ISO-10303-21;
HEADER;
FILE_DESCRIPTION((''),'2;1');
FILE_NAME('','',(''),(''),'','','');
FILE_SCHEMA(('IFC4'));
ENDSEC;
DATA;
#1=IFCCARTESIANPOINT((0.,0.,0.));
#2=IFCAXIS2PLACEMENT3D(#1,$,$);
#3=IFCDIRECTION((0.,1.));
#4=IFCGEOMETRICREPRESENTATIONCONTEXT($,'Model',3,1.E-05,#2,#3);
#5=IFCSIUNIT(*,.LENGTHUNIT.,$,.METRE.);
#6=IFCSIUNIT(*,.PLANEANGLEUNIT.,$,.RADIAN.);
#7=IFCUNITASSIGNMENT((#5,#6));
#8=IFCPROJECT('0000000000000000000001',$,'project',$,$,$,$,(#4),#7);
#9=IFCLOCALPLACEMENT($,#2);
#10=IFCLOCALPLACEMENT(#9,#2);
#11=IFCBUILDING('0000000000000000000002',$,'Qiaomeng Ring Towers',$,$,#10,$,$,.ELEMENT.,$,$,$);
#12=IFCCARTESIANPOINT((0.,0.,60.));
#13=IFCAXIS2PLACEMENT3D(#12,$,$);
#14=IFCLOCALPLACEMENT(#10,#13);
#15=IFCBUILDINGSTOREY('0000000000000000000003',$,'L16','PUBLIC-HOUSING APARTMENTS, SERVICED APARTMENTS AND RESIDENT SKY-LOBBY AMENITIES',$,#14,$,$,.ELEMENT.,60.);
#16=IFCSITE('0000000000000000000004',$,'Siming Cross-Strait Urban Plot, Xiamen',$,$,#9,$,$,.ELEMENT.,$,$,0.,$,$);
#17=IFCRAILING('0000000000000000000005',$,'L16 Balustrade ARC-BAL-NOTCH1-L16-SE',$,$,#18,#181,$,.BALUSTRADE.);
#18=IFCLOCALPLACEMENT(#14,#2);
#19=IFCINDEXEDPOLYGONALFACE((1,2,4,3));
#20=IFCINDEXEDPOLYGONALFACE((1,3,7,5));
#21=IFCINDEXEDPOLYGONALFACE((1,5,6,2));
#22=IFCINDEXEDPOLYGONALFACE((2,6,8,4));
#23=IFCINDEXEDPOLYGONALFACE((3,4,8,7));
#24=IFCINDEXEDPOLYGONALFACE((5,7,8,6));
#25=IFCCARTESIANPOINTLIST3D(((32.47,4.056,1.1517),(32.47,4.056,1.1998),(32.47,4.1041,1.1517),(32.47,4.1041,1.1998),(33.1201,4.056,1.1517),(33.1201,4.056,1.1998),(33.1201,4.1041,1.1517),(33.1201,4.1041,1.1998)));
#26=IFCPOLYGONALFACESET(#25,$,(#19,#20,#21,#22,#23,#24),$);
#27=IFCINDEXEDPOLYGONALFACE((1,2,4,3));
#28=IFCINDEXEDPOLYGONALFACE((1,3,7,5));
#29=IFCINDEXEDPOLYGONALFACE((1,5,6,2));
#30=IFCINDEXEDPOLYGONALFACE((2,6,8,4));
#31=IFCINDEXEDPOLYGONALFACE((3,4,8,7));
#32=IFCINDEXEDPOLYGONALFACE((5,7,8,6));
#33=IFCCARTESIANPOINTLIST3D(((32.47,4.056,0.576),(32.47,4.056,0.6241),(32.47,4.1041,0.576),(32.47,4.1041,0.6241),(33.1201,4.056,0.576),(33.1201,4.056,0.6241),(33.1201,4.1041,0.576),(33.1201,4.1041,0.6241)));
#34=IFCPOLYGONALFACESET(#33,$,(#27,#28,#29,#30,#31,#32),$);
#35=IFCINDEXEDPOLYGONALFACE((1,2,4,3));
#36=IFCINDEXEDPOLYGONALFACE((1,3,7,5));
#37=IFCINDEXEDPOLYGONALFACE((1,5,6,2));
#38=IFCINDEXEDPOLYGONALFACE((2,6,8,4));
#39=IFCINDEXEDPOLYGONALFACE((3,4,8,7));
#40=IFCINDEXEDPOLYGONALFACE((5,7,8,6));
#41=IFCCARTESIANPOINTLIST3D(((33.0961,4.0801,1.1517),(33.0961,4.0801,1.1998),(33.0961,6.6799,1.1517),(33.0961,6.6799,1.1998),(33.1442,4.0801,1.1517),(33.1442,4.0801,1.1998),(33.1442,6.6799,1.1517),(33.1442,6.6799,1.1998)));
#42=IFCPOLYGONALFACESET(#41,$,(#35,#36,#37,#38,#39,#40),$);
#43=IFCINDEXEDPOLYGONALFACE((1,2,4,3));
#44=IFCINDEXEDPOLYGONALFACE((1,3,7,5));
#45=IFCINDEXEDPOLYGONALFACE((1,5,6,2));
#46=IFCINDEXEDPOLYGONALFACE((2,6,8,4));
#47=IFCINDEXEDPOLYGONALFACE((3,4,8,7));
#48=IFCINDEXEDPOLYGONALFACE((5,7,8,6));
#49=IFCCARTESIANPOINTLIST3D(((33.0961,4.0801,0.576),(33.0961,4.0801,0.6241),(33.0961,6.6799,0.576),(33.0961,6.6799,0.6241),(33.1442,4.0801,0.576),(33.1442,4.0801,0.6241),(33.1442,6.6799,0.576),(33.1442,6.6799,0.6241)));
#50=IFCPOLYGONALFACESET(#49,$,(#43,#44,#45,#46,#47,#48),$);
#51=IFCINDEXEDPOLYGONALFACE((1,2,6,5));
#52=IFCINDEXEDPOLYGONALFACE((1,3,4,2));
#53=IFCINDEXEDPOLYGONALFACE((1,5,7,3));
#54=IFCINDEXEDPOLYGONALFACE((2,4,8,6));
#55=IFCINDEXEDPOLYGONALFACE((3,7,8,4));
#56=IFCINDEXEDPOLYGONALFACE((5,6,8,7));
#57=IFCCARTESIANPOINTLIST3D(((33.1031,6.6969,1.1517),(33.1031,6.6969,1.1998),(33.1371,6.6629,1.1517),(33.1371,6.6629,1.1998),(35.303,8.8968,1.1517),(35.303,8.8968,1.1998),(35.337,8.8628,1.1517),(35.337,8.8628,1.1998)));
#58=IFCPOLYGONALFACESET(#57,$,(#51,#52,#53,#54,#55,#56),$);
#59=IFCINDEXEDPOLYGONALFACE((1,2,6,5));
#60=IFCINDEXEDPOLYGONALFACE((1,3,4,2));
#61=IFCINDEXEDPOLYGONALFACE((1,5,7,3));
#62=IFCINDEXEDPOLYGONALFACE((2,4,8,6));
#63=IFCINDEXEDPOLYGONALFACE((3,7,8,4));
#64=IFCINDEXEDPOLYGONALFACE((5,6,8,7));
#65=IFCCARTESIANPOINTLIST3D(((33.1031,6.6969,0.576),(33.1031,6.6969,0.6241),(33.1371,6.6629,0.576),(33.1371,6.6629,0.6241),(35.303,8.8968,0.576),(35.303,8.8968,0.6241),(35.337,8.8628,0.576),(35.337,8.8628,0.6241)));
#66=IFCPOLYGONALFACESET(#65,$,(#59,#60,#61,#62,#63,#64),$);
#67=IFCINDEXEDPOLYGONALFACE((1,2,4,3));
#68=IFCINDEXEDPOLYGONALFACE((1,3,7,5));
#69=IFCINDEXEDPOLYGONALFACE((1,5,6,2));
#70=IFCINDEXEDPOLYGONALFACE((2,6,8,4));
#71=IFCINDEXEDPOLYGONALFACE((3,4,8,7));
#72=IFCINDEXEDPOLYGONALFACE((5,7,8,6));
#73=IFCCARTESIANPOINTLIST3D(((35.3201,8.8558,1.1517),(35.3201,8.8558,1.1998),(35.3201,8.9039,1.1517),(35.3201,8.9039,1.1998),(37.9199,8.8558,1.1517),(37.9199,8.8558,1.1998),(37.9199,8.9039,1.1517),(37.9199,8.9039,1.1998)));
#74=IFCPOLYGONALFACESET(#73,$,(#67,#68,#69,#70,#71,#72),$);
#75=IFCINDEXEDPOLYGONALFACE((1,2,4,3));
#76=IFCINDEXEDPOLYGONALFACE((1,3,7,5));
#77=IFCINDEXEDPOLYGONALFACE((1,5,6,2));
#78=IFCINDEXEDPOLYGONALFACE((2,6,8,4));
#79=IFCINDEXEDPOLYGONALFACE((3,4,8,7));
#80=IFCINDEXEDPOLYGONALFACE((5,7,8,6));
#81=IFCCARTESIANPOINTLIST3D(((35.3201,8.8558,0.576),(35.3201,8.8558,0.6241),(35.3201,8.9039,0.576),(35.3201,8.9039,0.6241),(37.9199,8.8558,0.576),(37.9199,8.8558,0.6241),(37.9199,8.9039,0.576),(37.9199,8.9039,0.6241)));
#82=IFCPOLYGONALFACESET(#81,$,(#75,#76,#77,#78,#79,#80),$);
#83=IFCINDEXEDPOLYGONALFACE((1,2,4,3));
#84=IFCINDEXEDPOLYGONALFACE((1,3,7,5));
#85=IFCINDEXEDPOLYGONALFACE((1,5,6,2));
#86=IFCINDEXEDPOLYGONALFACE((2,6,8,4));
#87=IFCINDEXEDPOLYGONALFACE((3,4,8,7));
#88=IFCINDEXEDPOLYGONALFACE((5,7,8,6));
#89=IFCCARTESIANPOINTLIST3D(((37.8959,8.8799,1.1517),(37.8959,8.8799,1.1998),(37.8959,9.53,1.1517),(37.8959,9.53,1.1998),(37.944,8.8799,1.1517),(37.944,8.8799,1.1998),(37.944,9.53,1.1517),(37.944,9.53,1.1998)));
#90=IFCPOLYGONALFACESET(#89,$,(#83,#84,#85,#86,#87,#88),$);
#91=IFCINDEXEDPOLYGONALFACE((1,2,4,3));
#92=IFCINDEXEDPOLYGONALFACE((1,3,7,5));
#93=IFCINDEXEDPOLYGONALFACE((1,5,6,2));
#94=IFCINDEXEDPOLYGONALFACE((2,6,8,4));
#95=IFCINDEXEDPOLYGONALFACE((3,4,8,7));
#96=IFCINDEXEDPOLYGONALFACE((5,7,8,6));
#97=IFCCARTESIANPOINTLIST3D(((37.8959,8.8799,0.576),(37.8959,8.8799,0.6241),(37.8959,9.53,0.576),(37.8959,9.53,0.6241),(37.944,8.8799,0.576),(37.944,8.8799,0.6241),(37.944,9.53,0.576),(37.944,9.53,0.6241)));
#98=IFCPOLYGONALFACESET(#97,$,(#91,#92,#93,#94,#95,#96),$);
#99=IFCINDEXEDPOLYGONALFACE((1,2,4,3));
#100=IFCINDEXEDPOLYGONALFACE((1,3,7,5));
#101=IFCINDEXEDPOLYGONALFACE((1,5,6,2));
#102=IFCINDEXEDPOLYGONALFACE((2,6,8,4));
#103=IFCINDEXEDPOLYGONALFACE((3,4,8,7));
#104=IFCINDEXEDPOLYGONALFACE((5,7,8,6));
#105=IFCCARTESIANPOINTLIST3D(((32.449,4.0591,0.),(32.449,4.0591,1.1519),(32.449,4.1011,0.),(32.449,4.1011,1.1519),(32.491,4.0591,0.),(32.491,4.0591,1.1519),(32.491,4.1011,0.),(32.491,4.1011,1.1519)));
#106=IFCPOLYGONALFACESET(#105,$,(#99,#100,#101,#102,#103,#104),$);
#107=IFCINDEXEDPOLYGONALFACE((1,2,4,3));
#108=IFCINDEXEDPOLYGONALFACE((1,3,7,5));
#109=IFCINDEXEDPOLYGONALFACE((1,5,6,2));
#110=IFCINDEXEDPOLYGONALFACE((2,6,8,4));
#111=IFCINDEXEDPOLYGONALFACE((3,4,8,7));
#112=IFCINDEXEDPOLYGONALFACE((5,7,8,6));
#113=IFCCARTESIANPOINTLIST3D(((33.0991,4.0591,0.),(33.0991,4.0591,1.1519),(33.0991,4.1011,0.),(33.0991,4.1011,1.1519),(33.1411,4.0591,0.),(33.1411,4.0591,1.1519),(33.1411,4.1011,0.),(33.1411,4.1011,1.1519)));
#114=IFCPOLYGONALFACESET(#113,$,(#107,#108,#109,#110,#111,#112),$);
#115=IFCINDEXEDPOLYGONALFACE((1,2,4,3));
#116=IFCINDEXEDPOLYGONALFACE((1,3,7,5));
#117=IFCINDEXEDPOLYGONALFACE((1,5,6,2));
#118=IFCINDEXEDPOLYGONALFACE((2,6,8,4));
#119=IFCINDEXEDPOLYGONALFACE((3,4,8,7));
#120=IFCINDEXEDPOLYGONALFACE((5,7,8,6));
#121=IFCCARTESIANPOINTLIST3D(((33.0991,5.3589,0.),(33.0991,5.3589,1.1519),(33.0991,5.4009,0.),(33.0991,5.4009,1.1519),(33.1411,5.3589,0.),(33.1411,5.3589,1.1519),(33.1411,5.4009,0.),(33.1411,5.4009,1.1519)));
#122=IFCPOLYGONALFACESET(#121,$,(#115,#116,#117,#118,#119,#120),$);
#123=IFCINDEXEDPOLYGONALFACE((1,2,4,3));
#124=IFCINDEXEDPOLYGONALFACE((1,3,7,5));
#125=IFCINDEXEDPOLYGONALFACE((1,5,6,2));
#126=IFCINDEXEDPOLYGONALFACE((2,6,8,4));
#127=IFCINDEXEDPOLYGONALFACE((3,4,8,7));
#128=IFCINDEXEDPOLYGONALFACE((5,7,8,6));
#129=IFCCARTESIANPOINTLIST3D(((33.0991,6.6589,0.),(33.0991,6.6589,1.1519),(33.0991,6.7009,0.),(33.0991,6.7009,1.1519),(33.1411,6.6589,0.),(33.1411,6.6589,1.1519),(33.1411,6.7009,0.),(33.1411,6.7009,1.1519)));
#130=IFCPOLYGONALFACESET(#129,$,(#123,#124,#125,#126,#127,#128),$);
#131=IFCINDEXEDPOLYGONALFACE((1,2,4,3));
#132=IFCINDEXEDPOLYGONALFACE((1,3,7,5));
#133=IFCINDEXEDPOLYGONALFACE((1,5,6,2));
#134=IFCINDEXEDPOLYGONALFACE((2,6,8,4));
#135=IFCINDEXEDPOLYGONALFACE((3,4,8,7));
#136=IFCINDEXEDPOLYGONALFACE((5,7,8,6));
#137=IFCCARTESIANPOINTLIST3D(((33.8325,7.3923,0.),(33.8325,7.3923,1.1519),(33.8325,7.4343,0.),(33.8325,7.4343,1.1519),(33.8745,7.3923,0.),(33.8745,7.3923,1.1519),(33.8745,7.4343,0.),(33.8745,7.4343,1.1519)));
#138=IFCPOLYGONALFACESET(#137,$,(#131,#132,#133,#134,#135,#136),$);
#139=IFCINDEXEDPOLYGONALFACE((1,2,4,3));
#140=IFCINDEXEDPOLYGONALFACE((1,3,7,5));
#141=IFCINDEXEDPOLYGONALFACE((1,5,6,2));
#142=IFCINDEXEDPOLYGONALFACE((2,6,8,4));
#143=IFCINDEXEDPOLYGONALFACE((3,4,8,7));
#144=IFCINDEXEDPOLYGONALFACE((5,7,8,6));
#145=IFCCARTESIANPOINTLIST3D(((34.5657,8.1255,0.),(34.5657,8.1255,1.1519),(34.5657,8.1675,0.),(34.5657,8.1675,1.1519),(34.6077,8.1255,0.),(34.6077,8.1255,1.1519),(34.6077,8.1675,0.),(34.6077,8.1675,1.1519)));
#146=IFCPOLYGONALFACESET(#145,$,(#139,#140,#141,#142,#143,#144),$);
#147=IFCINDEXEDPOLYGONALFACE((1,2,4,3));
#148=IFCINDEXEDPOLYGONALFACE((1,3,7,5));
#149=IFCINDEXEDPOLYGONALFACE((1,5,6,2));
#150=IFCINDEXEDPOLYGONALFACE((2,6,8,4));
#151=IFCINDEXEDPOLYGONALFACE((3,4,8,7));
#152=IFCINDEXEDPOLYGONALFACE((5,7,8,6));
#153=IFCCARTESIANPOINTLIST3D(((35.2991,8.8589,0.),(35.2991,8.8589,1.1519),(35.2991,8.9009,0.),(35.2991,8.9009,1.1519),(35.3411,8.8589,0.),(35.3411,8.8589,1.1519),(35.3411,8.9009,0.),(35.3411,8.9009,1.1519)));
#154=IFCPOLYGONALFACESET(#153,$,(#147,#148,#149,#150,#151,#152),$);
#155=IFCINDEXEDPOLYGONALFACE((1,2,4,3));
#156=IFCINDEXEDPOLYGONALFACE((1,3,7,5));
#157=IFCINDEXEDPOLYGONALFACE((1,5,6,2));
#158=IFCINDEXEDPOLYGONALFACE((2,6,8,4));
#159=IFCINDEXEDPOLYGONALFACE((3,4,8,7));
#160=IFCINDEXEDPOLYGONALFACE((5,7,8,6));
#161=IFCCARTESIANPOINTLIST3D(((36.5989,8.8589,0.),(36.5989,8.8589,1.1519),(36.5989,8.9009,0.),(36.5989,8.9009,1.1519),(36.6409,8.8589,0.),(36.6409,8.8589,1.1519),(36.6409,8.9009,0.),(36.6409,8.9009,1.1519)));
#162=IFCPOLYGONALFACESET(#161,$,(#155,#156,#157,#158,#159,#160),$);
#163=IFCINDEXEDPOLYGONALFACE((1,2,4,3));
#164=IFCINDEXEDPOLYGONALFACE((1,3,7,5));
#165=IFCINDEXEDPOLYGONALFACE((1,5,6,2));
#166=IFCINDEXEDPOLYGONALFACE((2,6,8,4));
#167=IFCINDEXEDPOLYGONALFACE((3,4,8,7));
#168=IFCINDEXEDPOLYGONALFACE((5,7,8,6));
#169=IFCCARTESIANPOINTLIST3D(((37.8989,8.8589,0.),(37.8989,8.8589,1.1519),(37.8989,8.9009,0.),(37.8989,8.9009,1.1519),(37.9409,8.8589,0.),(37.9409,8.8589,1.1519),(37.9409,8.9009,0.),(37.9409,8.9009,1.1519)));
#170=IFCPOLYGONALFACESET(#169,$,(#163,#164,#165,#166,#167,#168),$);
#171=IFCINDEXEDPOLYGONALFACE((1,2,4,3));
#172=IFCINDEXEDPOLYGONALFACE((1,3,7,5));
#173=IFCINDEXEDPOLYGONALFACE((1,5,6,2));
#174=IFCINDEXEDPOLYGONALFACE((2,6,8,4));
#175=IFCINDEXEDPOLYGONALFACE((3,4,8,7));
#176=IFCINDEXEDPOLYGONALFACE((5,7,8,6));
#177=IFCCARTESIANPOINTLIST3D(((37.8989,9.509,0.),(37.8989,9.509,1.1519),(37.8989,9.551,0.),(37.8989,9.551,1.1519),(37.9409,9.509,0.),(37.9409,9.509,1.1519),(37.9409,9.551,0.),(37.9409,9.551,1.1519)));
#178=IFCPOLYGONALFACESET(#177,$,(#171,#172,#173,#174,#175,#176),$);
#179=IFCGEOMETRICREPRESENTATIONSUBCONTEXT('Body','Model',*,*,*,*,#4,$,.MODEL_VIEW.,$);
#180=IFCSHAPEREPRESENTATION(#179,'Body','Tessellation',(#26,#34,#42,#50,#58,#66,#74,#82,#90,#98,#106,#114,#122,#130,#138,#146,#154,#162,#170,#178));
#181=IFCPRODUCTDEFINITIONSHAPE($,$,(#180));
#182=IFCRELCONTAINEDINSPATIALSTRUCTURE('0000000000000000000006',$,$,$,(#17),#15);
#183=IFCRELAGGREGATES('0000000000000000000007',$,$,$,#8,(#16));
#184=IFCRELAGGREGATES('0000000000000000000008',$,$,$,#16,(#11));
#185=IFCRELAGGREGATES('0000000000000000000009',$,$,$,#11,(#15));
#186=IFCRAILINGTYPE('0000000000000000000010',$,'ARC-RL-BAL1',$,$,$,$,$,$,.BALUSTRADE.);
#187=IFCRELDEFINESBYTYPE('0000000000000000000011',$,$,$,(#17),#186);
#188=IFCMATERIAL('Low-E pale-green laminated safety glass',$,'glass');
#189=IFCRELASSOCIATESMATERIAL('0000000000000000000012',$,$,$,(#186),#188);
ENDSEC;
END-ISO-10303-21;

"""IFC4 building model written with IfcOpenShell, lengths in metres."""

from ifc_helpers import new_model, si_unit, direction, frame, origin, origin_2d, place, context, subcontext, project, spatial, rectangle, extrude, material, type_object, element, save


model = new_model("IFC4")

# Units and contexts
model_context = context("Model", 3, precision=1e-05, world=origin(), true_north=direction((0.0, 1.0)))
body_context = subcontext(model_context, "Body", "Model", "MODEL_VIEW")
ifc_project = project(units=[si_unit("LENGTHUNIT", "METRE"), si_unit("PLANEANGLEUNIT", "RADIAN")], contexts=[model_context])

# Site, building, storey
site_placement = place(None, origin())
site = spatial("IfcSite", under=ifc_project, at=site_placement, Name="Siming Cross-Strait Urban Plot, Xiamen", CompositionType="ELEMENT", RefElevation=0.0)
building_placement = place(site_placement, origin())
building = spatial("IfcBuilding", under=site, at=building_placement, Name="Qiaomeng Ring Towers", CompositionType="ELEMENT")
storey_placement = place(building_placement, frame((0.0, 0.0, 60.0)))
storey = spatial("IfcBuildingStorey", under=building, at=storey_placement, Name="L16", Description="PUBLIC-HOUSING APARTMENTS, SERVICED APARTMENTS AND RESIDENT SKY-LOBBY AMENITIES", CompositionType="ELEMENT", Elevation=60.0)

# Railing
ifc_material_1 = material(Name="Low-E pale-green laminated safety glass", Category="glass")
railing_type = type_object("IfcRailingType", Name="ARC-RL-BAL1", PredefinedType="BALUSTRADE", material=ifc_material_1)
railing_placement = place(storey_placement, frame((32.47, 4.0801, 0.0)))
element("IfcRailing", 1, at=railing_placement, inside=storey, type_object=railing_type, Name="L16 Balustrade ARC-BAL-NOTCH1-L16-SE", PredefinedType="BALUSTRADE", context=body_context, shape_type="SweptSolid", body=[
    extrude(rectangle(XDim=0.0481, YDim=0.0481, at=origin_2d()), frame((0.0, 0.0, 1.1758), z_axis=(1.0, 0.0, 0.0), x_axis=(0.0, 1.0, 0.0)), (0.0, 0.0, 1.0), 0.6501),
    extrude(rectangle(XDim=0.0481, YDim=0.0481, at=origin_2d()), frame((0.0, 0.0, 0.6001), z_axis=(1.0, 0.0, 0.0), x_axis=(0.0, 1.0, 0.0)), (0.0, 0.0, 1.0), 0.6501),
    extrude(rectangle(XDim=0.0481, YDim=0.0481, at=origin_2d()), frame((0.6501, 0.0, 1.1758), z_axis=(0.0, 1.0, 0.0), x_axis=(-1.0, 0.0, 0.0)), (0.0, 0.0, 1.0), 2.5999),
    extrude(rectangle(XDim=0.0481, YDim=0.0481, at=origin_2d()), frame((0.6501, 0.0, 0.6001), z_axis=(0.0, 1.0, 0.0), x_axis=(-1.0, 0.0, 0.0)), (0.0, 0.0, 1.0), 2.5999),
    extrude(rectangle(XDim=0.0481, YDim=0.0481, at=origin_2d()), frame((0.6501, 2.5999, 1.1758), z_axis=(0.707107, 0.707107, 0.0), x_axis=(-0.707107, 0.707107, 0.0)), (0.0, 0.0, 1.0), 3.1111),
    extrude(rectangle(XDim=0.0481, YDim=0.0481, at=origin_2d()), frame((0.6501, 2.5999, 0.6001), z_axis=(0.707107, 0.707107, 0.0), x_axis=(-0.707107, 0.707107, 0.0)), (0.0, 0.0, 1.0), 3.1111),
    extrude(rectangle(XDim=0.0481, YDim=0.0481, at=origin_2d()), frame((2.8501, 4.7998, 1.1758), z_axis=(1.0, 0.0, 0.0), x_axis=(0.0, 1.0, 0.0)), (0.0, 0.0, 1.0), 2.5999),
    extrude(rectangle(XDim=0.0481, YDim=0.0481, at=origin_2d()), frame((2.8501, 4.7998, 0.6001), z_axis=(1.0, 0.0, 0.0), x_axis=(0.0, 1.0, 0.0)), (0.0, 0.0, 1.0), 2.5999),
    extrude(rectangle(XDim=0.0481, YDim=0.0481, at=origin_2d()), frame((5.45, 4.7998, 1.1758), z_axis=(0.0, 1.0, 0.0), x_axis=(-1.0, 0.0, 0.0)), (0.0, 0.0, 1.0), 0.6501),
    extrude(rectangle(XDim=0.0481, YDim=0.0481, at=origin_2d()), frame((5.45, 4.7998, 0.6001), z_axis=(0.0, 1.0, 0.0), x_axis=(-1.0, 0.0, 0.0)), (0.0, 0.0, 1.0), 0.6501),
    extrude(rectangle(XDim=0.042, YDim=0.042, at=origin_2d()), origin(), (0.0, 0.0, 1.0), 1.1519),
    extrude(rectangle(XDim=0.042, YDim=0.042, at=origin_2d()), frame((0.6501, 0.0, 0.0)), (0.0, 0.0, 1.0), 1.1519),
    extrude(rectangle(XDim=0.042, YDim=0.042, at=origin_2d()), frame((0.6501, 1.2998, 0.0)), (0.0, 0.0, 1.0), 1.1519),
    extrude(rectangle(XDim=0.042, YDim=0.042, at=origin_2d()), frame((0.6501, 2.5999, 0.0)), (0.0, 0.0, 1.0), 1.1519),
    extrude(rectangle(XDim=0.042, YDim=0.042, at=origin_2d()), frame((1.3835, 3.3333, 0.0)), (0.0, 0.0, 1.0), 1.1519),
    extrude(rectangle(XDim=0.042, YDim=0.042, at=origin_2d()), frame((2.1167, 4.0664, 0.0)), (0.0, 0.0, 1.0), 1.1519),
    extrude(rectangle(XDim=0.042, YDim=0.042, at=origin_2d()), frame((2.8501, 4.7998, 0.0)), (0.0, 0.0, 1.0), 1.1519),
    extrude(rectangle(XDim=0.042, YDim=0.042, at=origin_2d()), frame((4.1499, 4.7998, 0.0)), (0.0, 0.0, 1.0), 1.1519),
    extrude(rectangle(XDim=0.042, YDim=0.042, at=origin_2d()), frame((5.45, 4.7998, 0.0)), (0.0, 0.0, 1.0), 1.1519),
    extrude(rectangle(XDim=0.042, YDim=0.042, at=origin_2d()), frame((5.45, 5.45, 0.0)), (0.0, 0.0, 1.0), 1.1519),
])

save(model, "model.ifc")
